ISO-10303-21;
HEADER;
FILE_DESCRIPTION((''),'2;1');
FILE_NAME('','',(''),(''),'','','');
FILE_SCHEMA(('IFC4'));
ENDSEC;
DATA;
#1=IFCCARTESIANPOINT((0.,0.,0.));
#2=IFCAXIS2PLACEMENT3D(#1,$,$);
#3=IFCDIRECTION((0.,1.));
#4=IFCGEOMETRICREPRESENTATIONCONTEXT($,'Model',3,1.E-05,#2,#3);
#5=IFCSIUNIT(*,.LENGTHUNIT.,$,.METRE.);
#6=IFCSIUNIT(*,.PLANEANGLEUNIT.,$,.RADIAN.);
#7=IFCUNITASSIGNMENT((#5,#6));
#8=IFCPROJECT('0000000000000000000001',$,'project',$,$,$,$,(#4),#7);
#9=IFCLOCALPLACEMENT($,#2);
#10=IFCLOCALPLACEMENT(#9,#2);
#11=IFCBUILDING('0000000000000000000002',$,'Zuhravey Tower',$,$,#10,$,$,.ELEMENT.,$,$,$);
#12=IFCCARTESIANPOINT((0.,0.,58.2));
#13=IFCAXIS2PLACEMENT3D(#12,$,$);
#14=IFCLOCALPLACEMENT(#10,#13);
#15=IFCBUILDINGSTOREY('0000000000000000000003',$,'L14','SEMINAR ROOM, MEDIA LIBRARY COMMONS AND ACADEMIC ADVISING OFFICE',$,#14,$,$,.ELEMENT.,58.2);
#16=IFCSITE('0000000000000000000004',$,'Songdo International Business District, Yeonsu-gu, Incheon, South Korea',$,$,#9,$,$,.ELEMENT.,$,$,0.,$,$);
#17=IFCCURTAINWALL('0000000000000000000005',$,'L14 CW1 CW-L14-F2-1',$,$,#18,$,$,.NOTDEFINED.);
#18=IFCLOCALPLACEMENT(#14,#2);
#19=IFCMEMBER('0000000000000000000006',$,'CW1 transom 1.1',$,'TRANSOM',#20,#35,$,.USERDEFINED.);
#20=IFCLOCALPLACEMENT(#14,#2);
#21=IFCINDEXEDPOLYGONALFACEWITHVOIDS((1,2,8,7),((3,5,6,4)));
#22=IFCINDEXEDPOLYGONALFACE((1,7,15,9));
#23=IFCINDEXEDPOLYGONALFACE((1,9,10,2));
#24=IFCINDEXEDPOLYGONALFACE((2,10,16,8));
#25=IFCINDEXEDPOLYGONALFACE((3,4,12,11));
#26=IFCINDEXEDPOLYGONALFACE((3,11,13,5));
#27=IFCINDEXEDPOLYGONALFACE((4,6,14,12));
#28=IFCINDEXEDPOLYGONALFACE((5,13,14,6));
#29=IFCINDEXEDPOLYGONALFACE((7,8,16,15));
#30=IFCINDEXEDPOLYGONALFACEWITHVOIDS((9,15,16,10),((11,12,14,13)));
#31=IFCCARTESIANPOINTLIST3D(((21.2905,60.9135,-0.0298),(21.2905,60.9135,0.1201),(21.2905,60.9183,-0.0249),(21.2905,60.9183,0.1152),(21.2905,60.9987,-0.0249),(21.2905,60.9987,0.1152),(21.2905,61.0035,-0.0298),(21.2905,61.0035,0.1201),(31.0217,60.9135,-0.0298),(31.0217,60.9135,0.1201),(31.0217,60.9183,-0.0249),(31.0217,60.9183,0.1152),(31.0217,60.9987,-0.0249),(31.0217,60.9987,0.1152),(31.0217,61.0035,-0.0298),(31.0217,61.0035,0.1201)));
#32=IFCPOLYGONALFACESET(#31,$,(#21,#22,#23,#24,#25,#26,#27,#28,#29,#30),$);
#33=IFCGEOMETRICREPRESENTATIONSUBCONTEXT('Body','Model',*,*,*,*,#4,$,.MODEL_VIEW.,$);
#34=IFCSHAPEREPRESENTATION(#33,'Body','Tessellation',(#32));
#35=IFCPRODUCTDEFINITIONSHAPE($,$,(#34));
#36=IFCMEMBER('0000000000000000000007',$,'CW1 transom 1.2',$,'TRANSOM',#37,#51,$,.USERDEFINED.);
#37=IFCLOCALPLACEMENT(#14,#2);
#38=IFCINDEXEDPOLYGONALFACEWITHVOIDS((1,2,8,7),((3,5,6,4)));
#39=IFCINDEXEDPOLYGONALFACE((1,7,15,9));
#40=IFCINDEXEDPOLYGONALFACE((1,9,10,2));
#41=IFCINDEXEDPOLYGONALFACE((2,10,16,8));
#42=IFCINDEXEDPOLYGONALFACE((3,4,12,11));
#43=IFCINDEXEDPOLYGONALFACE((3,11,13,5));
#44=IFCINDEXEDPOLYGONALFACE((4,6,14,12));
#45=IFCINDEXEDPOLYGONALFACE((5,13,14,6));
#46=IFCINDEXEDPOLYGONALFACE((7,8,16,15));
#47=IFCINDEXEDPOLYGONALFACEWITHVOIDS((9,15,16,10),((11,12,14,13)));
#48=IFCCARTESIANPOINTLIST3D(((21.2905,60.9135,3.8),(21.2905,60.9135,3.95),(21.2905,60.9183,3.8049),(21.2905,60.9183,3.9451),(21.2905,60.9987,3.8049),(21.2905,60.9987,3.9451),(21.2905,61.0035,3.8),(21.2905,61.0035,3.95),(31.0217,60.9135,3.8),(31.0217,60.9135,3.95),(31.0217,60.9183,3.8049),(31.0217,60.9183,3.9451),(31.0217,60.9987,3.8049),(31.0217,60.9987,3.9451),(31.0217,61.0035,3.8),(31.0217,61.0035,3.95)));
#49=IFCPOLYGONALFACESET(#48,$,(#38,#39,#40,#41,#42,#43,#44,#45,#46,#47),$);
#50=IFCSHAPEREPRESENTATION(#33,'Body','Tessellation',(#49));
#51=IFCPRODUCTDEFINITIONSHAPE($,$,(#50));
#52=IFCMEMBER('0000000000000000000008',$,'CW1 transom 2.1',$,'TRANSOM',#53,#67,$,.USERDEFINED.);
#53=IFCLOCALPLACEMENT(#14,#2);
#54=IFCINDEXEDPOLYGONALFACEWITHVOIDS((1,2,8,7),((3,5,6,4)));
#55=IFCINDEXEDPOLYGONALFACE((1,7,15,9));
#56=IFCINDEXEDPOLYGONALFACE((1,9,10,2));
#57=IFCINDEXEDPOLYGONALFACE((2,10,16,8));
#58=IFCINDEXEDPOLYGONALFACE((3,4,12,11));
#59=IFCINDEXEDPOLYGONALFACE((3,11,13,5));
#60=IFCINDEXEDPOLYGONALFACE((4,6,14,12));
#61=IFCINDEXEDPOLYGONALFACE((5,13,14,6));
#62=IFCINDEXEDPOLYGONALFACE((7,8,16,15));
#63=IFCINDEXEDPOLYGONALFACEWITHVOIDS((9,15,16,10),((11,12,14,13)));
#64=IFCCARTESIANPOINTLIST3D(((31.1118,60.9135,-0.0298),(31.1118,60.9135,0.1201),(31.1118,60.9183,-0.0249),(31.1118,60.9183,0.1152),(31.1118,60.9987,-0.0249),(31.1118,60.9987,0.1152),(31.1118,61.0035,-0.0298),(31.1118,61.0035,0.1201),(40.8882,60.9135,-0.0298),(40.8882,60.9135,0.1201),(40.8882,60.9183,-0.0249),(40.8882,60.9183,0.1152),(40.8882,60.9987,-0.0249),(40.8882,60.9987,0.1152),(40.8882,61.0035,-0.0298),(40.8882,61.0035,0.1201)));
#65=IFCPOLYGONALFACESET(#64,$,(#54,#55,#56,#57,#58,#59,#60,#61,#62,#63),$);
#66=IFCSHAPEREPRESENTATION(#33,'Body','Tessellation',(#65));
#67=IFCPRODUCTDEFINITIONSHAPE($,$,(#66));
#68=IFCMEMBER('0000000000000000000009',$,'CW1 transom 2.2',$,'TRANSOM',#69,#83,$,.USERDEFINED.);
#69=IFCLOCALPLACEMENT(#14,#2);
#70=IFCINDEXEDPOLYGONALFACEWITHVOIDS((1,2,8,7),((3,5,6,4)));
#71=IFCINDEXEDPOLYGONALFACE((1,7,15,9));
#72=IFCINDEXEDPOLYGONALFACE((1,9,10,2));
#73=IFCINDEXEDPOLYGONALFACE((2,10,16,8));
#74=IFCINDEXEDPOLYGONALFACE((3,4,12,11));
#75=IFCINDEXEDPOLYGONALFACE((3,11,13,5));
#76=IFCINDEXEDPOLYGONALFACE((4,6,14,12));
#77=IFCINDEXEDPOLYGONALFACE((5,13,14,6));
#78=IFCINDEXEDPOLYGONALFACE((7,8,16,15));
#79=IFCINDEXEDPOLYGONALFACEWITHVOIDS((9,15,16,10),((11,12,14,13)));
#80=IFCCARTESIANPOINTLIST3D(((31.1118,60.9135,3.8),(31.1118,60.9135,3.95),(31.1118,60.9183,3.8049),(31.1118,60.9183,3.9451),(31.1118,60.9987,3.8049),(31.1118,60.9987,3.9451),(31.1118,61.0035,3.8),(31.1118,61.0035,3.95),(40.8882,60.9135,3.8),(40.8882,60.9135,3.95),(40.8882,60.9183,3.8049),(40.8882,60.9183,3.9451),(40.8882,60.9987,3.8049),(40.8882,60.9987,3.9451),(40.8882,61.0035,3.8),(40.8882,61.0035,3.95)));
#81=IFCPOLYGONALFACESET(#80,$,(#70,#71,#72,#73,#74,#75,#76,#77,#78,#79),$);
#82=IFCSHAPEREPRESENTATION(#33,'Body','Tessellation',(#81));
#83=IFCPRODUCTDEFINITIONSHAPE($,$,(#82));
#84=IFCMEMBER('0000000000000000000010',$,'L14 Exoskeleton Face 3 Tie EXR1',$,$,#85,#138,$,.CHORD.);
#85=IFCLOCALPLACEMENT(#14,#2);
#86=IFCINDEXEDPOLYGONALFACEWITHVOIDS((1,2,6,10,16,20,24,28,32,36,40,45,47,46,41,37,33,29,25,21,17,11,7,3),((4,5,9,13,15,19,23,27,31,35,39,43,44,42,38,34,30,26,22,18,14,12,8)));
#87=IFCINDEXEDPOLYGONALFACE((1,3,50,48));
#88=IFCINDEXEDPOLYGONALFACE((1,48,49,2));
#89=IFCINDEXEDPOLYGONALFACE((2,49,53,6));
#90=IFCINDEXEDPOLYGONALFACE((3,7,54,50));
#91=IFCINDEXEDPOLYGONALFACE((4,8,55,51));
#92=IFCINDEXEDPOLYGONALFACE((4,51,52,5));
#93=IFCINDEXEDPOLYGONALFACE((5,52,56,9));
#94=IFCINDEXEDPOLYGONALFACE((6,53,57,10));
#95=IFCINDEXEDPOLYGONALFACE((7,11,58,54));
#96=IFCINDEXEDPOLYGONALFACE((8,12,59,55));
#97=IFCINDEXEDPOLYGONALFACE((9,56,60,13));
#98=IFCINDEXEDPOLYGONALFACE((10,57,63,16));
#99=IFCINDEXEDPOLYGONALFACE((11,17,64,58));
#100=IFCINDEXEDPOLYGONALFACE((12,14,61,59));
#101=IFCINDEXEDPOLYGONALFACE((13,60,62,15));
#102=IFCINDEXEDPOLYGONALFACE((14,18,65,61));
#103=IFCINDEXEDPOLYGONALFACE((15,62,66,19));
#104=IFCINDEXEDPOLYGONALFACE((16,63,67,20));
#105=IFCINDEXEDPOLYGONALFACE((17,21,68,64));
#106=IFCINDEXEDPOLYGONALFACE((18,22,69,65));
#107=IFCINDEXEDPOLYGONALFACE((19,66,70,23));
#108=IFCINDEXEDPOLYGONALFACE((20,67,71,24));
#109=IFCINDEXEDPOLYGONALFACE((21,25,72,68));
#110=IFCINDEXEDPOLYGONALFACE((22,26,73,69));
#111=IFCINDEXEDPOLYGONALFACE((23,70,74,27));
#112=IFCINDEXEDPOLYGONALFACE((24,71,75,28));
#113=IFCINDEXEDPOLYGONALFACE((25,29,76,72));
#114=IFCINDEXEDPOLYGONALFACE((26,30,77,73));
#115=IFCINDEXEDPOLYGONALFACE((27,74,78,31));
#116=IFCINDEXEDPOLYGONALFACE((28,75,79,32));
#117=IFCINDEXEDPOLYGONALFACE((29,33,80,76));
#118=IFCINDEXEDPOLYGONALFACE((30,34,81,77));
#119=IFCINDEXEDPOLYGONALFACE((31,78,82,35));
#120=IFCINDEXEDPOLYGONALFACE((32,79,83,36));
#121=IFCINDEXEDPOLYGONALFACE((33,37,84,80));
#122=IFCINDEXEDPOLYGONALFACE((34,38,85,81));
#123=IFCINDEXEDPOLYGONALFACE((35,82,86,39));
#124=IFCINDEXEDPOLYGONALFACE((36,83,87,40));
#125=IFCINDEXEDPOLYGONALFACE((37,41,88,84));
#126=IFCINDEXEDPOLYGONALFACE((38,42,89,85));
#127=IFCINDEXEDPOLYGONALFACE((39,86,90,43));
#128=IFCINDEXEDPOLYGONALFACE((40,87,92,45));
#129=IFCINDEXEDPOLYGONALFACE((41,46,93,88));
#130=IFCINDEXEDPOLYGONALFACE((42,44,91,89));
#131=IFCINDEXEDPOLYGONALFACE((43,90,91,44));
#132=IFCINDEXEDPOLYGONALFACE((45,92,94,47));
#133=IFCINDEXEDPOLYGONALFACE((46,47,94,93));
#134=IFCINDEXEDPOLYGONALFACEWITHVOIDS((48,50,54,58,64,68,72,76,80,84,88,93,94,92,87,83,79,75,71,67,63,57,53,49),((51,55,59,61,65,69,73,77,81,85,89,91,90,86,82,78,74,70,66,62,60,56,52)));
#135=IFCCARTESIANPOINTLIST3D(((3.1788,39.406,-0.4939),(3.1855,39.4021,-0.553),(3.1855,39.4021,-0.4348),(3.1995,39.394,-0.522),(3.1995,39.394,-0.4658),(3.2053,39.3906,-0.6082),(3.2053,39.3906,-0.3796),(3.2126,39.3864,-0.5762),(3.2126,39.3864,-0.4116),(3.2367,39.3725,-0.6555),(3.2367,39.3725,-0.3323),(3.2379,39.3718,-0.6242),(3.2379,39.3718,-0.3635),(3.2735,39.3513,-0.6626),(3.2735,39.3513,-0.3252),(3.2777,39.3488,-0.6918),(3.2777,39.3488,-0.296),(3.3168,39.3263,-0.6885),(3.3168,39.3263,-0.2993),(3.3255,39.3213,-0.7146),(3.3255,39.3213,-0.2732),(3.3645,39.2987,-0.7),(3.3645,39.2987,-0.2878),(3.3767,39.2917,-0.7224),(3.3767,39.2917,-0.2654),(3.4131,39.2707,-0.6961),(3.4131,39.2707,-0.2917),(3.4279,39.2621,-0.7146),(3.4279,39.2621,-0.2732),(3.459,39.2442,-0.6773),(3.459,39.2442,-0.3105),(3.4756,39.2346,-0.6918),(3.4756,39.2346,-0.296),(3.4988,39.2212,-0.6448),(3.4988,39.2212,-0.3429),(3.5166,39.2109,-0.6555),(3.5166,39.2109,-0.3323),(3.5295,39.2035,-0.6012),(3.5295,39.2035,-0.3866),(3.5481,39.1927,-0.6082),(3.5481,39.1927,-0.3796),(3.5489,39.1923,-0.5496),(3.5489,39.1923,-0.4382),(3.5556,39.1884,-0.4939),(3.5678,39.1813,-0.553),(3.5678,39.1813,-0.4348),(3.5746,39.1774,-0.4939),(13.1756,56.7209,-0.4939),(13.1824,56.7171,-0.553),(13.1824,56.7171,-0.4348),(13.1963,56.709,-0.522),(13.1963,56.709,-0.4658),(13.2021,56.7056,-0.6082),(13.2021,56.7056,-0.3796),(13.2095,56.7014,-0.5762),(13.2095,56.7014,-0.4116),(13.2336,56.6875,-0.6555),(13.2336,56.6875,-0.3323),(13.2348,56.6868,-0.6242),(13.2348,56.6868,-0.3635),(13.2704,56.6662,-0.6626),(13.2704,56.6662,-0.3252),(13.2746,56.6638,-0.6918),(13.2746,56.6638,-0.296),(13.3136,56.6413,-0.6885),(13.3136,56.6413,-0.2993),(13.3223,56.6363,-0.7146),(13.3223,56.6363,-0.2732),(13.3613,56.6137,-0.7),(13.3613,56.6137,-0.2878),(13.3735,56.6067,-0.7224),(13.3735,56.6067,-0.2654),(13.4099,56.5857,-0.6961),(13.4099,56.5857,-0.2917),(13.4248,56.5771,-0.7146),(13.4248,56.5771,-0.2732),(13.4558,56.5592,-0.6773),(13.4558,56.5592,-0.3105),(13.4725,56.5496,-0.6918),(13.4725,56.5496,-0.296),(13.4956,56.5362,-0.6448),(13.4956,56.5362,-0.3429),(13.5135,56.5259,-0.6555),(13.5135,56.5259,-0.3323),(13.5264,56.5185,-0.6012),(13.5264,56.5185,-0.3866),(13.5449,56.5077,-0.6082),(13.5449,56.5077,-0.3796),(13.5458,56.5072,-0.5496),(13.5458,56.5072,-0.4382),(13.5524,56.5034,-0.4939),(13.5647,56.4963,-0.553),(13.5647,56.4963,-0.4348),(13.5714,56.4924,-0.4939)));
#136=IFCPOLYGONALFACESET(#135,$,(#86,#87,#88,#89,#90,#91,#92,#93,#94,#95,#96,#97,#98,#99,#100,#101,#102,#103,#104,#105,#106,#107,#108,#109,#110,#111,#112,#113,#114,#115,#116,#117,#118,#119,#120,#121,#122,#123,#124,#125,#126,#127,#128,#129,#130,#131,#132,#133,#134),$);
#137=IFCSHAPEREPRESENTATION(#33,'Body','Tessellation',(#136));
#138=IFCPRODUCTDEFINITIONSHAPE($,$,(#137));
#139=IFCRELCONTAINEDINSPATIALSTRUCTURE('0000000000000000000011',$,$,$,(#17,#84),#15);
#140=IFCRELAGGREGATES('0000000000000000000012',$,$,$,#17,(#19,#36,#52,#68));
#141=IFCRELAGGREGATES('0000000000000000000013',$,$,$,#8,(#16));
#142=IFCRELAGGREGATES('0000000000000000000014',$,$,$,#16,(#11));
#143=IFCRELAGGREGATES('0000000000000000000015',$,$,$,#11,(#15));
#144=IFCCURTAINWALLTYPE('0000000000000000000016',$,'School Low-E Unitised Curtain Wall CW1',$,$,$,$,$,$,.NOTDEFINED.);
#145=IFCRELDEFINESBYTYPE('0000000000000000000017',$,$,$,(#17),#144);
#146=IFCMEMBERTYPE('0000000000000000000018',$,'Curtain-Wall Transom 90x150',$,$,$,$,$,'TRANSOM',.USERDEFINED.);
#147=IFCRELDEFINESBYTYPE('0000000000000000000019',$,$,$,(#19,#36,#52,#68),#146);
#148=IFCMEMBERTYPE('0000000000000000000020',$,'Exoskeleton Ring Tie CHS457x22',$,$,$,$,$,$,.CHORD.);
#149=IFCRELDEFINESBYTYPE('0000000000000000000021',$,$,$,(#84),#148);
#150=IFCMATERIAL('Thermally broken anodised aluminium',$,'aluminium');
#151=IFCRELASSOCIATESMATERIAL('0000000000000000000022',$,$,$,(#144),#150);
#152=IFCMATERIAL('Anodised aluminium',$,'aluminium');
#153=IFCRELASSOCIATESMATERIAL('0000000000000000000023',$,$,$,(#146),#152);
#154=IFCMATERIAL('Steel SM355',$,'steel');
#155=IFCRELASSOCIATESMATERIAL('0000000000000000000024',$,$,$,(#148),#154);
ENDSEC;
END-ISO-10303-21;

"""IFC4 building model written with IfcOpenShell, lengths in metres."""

from ifc_helpers import new_model, si_unit, direction, frame, origin, origin_2d, place, context, subcontext, project, spatial, hollow_rectangle, hollow_circle, extrude, material, material_profile, profile_set, type_object, element, aggregate, save


model = new_model("IFC4")

# Units and contexts
model_context = context("Model", 3, precision=1e-05, world=origin(), true_north=direction((0.0, 1.0)))
body_context = subcontext(model_context, "Body", "Model", "MODEL_VIEW")
ifc_project = project(units=[si_unit("LENGTHUNIT", "METRE"), si_unit("PLANEANGLEUNIT", "RADIAN")], contexts=[model_context])

# Site, building, storey
site_placement = place(None, origin())
site = spatial("IfcSite", under=ifc_project, at=site_placement, Name="Songdo International Business District, Yeonsu-gu, Incheon, South Korea", CompositionType="ELEMENT", RefElevation=0.0)
building_placement = place(site_placement, origin())
building = spatial("IfcBuilding", under=site, at=building_placement, Name="Zuhravey Tower", CompositionType="ELEMENT")
storey_placement = place(building_placement, frame((0.0, 0.0, 58.2)))
storey = spatial("IfcBuildingStorey", under=building, at=storey_placement, Name="L14", Description="SEMINAR ROOM, MEDIA LIBRARY COMMONS AND ACADEMIC ADVISING OFFICE", CompositionType="ELEMENT", Elevation=58.2)

# Curtain wall
ifc_material_1 = material(Name="Thermally broken anodised aluminium", Category="aluminium")
curtain_wall_type = type_object("IfcCurtainWallType", Name="School Low-E Unitised Curtain Wall CW1", PredefinedType="NOTDEFINED", material=ifc_material_1)
ifc_material_2 = material(Name="Anodised aluminium", Category="aluminium")
curtain_wall_1_placement = place(storey_placement, origin())
curtain_wall_1 = element("IfcCurtainWall", 1, at=curtain_wall_1_placement, inside=storey, type_object=curtain_wall_type, Name="L14 CW1 CW-L14-F2-1", PredefinedType="NOTDEFINED")

# Members
ifc_material_profile_1 = material_profile(ifc_material_2, hollow_rectangle(XDim=0.0901, YDim=0.1499, WallThickness=0.0049, at=origin_2d()), Name="ALU-RHS-90x150x5")
ifc_profile_set_1 = profile_set([ifc_material_profile_1], Name="Anodised aluminium")
member_type_1 = type_object("IfcMemberType", Name="Curtain-Wall Transom 90x150", ElementType="TRANSOM", PredefinedType="USERDEFINED", material=ifc_profile_set_1)
member_1_placement = place(storey_placement, frame((21.2905, 60.9585, 0.0452), z_axis=(1.0, 0.0, 0.0), x_axis=(0.0, 1.0, 0.0)))
member_1 = element("IfcMember", 2, at=member_1_placement, type_object=member_type_1, Name="CW1 transom 1.1", ObjectType="TRANSOM", PredefinedType="USERDEFINED", context=body_context, shape_type="SweptSolid", body=[
    extrude(hollow_rectangle(XDim=0.0901, YDim=0.1499, WallThickness=0.0049, at=origin_2d()), origin(), (0.0, 0.0, 1.0), 9.7312),
])
member_2_placement = place(storey_placement, frame((21.2905, 60.9585, 3.875), z_axis=(1.0, 0.0, 0.0), x_axis=(0.0, 1.0, 0.0)))
member_2 = element("IfcMember", 3, at=member_2_placement, type_object=member_type_1, Name="CW1 transom 1.2", ObjectType="TRANSOM", PredefinedType="USERDEFINED", context=body_context, shape_type="SweptSolid", body=[
    extrude(hollow_rectangle(XDim=0.0901, YDim=0.1499, WallThickness=0.0049, at=origin_2d()), origin(), (0.0, 0.0, 1.0), 9.7312),
])
member_3_placement = place(storey_placement, frame((31.1118, 60.9585, 0.0452), z_axis=(1.0, 0.0, 0.0), x_axis=(0.0, 1.0, 0.0)))
member_3 = element("IfcMember", 4, at=member_3_placement, type_object=member_type_1, Name="CW1 transom 2.1", ObjectType="TRANSOM", PredefinedType="USERDEFINED", context=body_context, shape_type="SweptSolid", body=[
    extrude(hollow_rectangle(XDim=0.0901, YDim=0.1499, WallThickness=0.0049, at=origin_2d()), origin(), (0.0, 0.0, 1.0), 9.7764),
])
member_4_placement = place(storey_placement, frame((31.1118, 60.9585, 3.875), z_axis=(1.0, 0.0, 0.0), x_axis=(0.0, 1.0, 0.0)))
member_4 = element("IfcMember", 5, at=member_4_placement, type_object=member_type_1, Name="CW1 transom 2.2", ObjectType="TRANSOM", PredefinedType="USERDEFINED", context=body_context, shape_type="SweptSolid", body=[
    extrude(hollow_rectangle(XDim=0.0901, YDim=0.1499, WallThickness=0.0049, at=origin_2d()), origin(), (0.0, 0.0, 1.0), 9.7764),
])

# Member
ifc_material_3 = material(Name="Steel SM355", Category="steel")
ifc_material_profile_2 = material_profile(ifc_material_3, hollow_circle(Radius=0.2285, WallThickness=0.022, at=origin_2d()), Name="CHS-457.2x22")
ifc_profile_set_2 = profile_set([ifc_material_profile_2], Name="Steel SM355")
member_type_2 = type_object("IfcMemberType", Name="Exoskeleton Ring Tie CHS457x22", PredefinedType="CHORD", material=ifc_profile_set_2)
member_5_placement = place(storey_placement, frame((13.3735, 56.6067, -0.4939), z_axis=(-0.500002, -0.866025, 0.0), x_axis=(0.866025, -0.500002, 0.0)))
element("IfcMember", 6, at=member_5_placement, inside=storey, type_object=member_type_2, Name="L14 Exoskeleton Face 3 Tie EXR1", PredefinedType="CHORD", context=body_context, shape_type="SweptSolid", body=[
    extrude(hollow_circle(Radius=0.2285, WallThickness=0.022, at=origin_2d()), origin(), (0.0, 0.0, 1.0), 19.9937),
])

aggregate(curtain_wall_1, [member_1, member_2, member_3, member_4])

save(model, "model.ifc")
